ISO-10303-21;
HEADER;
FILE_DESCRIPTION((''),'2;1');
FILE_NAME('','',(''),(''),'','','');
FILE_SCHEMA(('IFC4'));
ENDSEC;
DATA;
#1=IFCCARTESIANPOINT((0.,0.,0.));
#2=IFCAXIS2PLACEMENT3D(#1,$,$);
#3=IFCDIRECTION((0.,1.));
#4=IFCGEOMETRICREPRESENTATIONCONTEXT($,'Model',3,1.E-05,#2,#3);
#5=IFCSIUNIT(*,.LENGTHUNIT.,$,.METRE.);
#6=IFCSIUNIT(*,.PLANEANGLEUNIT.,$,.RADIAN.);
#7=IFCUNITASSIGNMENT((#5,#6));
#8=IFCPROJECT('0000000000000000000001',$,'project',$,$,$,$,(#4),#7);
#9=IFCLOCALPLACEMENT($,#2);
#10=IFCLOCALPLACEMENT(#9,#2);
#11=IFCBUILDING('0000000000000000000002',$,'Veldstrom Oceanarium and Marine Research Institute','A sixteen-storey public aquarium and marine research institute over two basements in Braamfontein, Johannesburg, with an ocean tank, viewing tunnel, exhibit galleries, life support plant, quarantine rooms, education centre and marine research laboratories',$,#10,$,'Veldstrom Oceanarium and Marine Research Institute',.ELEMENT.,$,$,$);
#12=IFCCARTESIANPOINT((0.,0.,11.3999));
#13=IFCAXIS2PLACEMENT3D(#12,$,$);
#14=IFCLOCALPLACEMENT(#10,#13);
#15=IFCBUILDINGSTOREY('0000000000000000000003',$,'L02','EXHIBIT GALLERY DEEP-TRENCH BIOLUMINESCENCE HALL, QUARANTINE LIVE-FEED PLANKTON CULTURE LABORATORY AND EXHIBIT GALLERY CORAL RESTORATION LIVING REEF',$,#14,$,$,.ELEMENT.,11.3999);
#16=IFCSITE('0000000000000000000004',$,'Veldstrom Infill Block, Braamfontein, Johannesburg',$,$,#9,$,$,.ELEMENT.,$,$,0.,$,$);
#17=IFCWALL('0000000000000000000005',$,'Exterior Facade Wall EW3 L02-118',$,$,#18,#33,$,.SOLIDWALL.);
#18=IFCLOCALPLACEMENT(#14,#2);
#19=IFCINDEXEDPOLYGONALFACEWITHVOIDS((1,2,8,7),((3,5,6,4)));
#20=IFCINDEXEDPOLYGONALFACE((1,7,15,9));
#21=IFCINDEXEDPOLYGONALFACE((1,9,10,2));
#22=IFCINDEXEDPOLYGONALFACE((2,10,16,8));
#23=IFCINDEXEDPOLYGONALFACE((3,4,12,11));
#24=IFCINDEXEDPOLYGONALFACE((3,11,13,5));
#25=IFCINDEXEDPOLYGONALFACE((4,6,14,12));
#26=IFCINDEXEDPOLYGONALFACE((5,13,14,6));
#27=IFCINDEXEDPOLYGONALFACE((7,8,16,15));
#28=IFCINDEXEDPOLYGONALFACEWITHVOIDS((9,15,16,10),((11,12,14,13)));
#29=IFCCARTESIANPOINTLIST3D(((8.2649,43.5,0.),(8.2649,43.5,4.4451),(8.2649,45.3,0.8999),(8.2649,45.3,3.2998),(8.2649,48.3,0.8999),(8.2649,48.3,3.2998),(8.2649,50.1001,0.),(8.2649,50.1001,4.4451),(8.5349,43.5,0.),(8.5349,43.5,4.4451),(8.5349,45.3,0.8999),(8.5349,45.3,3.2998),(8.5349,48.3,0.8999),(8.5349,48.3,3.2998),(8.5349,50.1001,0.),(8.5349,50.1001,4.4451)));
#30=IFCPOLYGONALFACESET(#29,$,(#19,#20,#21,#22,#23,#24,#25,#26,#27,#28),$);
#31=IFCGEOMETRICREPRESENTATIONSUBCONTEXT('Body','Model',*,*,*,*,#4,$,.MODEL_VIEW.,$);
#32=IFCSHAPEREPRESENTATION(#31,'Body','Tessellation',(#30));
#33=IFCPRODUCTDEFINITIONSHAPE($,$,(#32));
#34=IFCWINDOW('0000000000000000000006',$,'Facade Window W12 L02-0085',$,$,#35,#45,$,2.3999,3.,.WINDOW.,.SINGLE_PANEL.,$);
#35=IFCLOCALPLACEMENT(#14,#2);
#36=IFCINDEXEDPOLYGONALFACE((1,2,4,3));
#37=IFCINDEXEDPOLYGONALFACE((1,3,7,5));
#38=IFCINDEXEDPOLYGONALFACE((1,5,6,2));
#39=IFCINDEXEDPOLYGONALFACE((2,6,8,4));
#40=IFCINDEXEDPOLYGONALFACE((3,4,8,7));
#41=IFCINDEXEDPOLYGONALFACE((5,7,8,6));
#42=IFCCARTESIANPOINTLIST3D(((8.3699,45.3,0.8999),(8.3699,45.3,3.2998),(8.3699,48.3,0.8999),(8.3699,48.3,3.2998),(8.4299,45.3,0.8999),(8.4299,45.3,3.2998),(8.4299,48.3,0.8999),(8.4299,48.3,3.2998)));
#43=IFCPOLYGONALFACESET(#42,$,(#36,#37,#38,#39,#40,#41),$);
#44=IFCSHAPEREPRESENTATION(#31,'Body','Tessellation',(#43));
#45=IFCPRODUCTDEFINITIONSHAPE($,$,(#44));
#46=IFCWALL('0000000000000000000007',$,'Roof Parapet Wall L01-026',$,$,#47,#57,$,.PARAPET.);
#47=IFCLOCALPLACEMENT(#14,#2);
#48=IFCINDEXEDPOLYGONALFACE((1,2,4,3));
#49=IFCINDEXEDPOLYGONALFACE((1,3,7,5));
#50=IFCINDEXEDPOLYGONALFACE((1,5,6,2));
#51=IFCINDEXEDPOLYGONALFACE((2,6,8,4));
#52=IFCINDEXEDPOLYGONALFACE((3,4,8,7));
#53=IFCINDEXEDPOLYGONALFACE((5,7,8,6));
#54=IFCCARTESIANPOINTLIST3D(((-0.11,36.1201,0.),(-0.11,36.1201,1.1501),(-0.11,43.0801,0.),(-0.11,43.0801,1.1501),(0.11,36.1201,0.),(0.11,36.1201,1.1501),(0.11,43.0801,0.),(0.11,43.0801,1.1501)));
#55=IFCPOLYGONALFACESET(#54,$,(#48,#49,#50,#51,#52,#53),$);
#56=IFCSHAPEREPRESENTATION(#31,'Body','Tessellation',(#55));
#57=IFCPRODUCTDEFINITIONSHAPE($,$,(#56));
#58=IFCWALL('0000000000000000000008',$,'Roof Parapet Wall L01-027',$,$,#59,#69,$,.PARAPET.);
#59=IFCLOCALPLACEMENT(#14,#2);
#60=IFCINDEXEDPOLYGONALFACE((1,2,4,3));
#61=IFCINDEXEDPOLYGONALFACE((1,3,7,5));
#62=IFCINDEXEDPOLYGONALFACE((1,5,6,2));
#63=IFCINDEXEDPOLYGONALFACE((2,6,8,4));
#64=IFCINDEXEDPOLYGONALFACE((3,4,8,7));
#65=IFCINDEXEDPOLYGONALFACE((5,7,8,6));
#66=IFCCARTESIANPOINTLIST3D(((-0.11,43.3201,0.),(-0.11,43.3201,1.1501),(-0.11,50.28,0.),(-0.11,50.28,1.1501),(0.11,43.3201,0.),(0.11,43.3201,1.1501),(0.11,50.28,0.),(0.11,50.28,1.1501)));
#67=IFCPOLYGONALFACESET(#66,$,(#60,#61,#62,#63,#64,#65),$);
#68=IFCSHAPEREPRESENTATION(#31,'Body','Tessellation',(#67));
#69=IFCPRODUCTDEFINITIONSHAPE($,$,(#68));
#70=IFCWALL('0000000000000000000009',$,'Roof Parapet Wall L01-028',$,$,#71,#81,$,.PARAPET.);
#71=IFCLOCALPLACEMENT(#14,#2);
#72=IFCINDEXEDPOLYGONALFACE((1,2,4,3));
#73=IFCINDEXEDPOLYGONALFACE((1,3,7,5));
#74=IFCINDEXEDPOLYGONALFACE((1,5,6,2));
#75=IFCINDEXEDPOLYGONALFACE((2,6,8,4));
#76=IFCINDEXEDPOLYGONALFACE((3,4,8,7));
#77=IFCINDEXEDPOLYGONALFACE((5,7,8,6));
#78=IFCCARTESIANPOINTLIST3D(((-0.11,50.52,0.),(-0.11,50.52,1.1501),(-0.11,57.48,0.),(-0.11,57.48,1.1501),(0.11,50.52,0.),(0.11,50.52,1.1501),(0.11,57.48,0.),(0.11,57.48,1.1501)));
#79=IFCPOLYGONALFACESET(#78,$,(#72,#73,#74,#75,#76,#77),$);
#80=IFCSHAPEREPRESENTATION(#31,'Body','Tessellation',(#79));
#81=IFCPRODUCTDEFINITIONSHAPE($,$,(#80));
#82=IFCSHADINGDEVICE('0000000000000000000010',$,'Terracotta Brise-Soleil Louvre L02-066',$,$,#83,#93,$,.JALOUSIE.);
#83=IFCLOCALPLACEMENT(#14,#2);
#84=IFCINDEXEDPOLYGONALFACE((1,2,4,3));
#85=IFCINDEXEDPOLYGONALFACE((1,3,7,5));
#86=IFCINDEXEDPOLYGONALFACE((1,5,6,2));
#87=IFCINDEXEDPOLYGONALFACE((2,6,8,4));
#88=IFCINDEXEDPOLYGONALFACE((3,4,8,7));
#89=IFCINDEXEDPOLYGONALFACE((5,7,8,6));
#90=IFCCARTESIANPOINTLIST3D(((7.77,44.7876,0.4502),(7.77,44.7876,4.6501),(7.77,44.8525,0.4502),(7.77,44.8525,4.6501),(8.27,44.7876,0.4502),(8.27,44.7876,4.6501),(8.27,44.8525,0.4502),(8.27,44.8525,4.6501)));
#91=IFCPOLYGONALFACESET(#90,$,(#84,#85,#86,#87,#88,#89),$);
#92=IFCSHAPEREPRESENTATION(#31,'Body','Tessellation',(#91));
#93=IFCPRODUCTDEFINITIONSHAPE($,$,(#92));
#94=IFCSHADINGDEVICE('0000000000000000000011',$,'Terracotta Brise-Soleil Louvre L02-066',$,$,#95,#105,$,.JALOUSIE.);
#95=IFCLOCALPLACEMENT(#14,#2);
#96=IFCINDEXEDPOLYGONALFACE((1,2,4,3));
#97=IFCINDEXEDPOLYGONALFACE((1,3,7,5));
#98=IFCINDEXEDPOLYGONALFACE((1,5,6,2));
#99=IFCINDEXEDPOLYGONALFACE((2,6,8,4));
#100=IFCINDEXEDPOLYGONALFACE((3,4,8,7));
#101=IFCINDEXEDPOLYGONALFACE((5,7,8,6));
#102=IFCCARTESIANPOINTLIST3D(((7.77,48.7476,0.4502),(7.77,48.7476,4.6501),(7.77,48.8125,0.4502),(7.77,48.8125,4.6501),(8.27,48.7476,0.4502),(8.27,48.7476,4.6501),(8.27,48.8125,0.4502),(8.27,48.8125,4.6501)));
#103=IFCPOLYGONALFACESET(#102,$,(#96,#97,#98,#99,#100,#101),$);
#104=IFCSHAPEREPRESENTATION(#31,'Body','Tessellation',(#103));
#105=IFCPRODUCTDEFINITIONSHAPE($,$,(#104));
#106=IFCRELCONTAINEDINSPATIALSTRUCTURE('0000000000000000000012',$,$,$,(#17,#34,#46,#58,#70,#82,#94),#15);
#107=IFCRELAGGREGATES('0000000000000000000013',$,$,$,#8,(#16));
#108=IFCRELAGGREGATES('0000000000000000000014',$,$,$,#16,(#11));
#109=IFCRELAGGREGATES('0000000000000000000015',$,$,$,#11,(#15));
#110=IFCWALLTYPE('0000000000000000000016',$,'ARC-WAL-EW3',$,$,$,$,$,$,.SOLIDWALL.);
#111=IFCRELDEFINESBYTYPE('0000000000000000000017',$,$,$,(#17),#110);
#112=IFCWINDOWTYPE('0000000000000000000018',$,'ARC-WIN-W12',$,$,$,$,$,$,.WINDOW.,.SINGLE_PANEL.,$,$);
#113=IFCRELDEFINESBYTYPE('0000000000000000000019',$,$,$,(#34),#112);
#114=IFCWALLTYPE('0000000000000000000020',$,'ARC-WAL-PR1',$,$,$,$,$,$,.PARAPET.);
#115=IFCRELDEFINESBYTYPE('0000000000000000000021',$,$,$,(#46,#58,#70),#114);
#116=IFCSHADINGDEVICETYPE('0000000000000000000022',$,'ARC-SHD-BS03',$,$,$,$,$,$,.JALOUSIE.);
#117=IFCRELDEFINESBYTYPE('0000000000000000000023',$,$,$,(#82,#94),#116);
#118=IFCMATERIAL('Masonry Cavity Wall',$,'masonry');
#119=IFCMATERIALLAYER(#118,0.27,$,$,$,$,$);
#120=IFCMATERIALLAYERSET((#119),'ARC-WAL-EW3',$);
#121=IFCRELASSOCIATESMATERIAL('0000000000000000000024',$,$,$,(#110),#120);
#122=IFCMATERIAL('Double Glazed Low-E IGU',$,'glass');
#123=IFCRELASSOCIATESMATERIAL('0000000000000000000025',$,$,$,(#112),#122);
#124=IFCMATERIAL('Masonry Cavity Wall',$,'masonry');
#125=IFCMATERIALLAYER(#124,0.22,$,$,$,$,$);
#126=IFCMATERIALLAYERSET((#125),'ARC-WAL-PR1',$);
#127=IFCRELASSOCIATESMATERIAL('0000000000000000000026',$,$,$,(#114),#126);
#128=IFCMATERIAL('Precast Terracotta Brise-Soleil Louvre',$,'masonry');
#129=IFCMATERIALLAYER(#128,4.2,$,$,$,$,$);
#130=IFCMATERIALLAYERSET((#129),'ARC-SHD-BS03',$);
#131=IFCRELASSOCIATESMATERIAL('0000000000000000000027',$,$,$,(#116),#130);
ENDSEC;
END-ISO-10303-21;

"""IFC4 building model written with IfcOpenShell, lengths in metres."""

from ifc_helpers import new_model, si_unit, direction, frame, frame_2d, origin, origin_2d, place, context, subcontext, project, spatial, rectangle, extrude, material, layer, layer_set, type_object, element, fill, save


model = new_model("IFC4")

# Units and contexts
model_context = context("Model", 3, precision=1e-05, world=origin(), true_north=direction((0.0, 1.0)))
body_context = subcontext(model_context, "Body", "Model", "MODEL_VIEW")
ifc_project = project(units=[si_unit("LENGTHUNIT", "METRE"), si_unit("PLANEANGLEUNIT", "RADIAN")], contexts=[model_context])

# Site, building, storey
site_placement = place(None, origin())
site = spatial("IfcSite", under=ifc_project, at=site_placement, Name="Veldstrom Infill Block, Braamfontein, Johannesburg", CompositionType="ELEMENT", RefElevation=0.0)
building_placement = place(site_placement, origin())
building = spatial("IfcBuilding", under=site, at=building_placement, Name="Veldstrom Oceanarium and Marine Research Institute", Description="A sixteen-storey public aquarium and marine research institute over two basements in Braamfontein, Johannesburg, with an ocean tank, viewing tunnel, exhibit galleries, life support plant, quarantine rooms, education centre and marine research laboratories", LongName="Veldstrom Oceanarium and Marine Research Institute", CompositionType="ELEMENT")
storey_placement = place(building_placement, frame((0.0, 0.0, 11.3999)))
storey = spatial("IfcBuildingStorey", under=building, at=storey_placement, Name="L02", Description="EXHIBIT GALLERY DEEP-TRENCH BIOLUMINESCENCE HALL, QUARANTINE LIVE-FEED PLANKTON CULTURE LABORATORY AND EXHIBIT GALLERY CORAL RESTORATION LIVING REEF", CompositionType="ELEMENT", Elevation=11.3999)

# Wall, opening, window
ifc_material_1 = material(Name="Masonry Cavity Wall", Category="masonry")
ifc_layer_1 = layer(ifc_material_1, 0.27)
ifc_layer_set_1 = layer_set([ifc_layer_1], Name="ARC-WAL-EW3")
wall_type_1 = type_object("IfcWallType", Name="ARC-WAL-EW3", PredefinedType="SOLIDWALL", material=ifc_layer_set_1)
wall_placement = place(storey_placement, frame((8.3999, 43.5, 0.0), z_axis=(0.0, 0.0, 1.0), x_axis=(0.0, 1.0, 0.0)))
wall = element("IfcWall", 1, at=wall_placement, inside=storey, type_object=wall_type_1, Name="Exterior Facade Wall EW3 L02-118", PredefinedType="SOLIDWALL", context=body_context, shape_type="SweptSolid", body=[
    extrude(rectangle(XDim=6.6001, YDim=0.27, at=frame_2d((3.3, 0.0))), origin(), (0.0, 0.0, 1.0), 4.4451),
])
opening_placement = place(wall_placement, frame((1.8, 0.0, 0.8999)))
opening = element("IfcOpeningElement", 2, at=opening_placement, cuts=wall, PredefinedType="OPENING", context=body_context, shape_type="SweptSolid", body=[
    extrude(rectangle(XDim=3.0, YDim=2.3999, at=frame_2d((1.5, 1.2))), frame((0.0, 0.145, 0.0), z_axis=(0.0, -1.0, 0.0), x_axis=(1.0, 0.0, 0.0)), (0.0, 0.0, 1.0), 0.29),
])
ifc_material_2 = material(Name="Double Glazed Low-E IGU", Category="glass")
window_type = type_object("IfcWindowType", Name="ARC-WIN-W12", PartitioningType="SINGLE_PANEL", PredefinedType="WINDOW", material=ifc_material_2)
window_placement = place(opening_placement, origin())
window = element("IfcWindow", 3, at=window_placement, inside=storey, type_object=window_type, Name="Facade Window W12 L02-0085", OverallHeight=2.3999, OverallWidth=3.0, PartitioningType="SINGLE_PANEL", PredefinedType="WINDOW", context=body_context, shape_type="SweptSolid", body=[
    extrude(rectangle(XDim=3.0, YDim=2.3999, at=frame_2d((1.5, 1.2))), frame((0.0, 0.03, 0.0), z_axis=(0.0, -1.0, 0.0), x_axis=(1.0, 0.0, 0.0)), (0.0, 0.0, 1.0), 0.0601),
])
fill(opening, window)

# Walls
ifc_material_3 = material(Name="Masonry Cavity Wall", Category="masonry")
ifc_layer_2 = layer(ifc_material_3, 0.22)
ifc_layer_set_2 = layer_set([ifc_layer_2], Name="ARC-WAL-PR1")
wall_type_2 = type_object("IfcWallType", Name="ARC-WAL-PR1", PredefinedType="PARAPET", material=ifc_layer_set_2)
for number, where, z_axis, x_axis, name in (
    (4, (0.0, 36.1201, 0.0), (0.0, 0.0, 1.0), (0.0, 1.0, 0.0), "Roof Parapet Wall L01-026"),
    (5, (0.0, 43.3201, 0.0), (0.0, 0.0, 1.0), (0.0, 1.0, 0.0), "Roof Parapet Wall L01-027"),
    (6, (0.0, 50.52, 0.0), (0.0, 0.0, 1.0), (0.0, 1.0, 0.0), "Roof Parapet Wall L01-028"),
):
    element("IfcWall", number, at=place(storey_placement, frame(where, z_axis=z_axis, x_axis=x_axis)), inside=storey, type_object=wall_type_2, Name=name, PredefinedType="PARAPET", context=body_context, shape_type="SweptSolid", body=[
        extrude(rectangle(XDim=6.96, YDim=0.22, at=frame_2d((3.48, 0.0))), origin(), (0.0, 0.0, 1.0), 1.1501),
    ])

# Shading devices
ifc_material_4 = material(Name="Precast Terracotta Brise-Soleil Louvre", Category="masonry")
ifc_layer_3 = layer(ifc_material_4, 4.2)
ifc_layer_set_3 = layer_set([ifc_layer_3], Name="ARC-SHD-BS03")
shading_device_type = type_object("IfcShadingDeviceType", Name="ARC-SHD-BS03", PredefinedType="JALOUSIE", material=ifc_layer_set_3)
for number, where, z_axis, x_axis, name in (
    (7, (8.02, 44.8201, 0.4502), (0.0, 0.0, 1.0), (1.0, 0.0, 0.0), "Terracotta Brise-Soleil Louvre L02-066"),
    (8, (8.02, 48.78, 0.4502), (0.0, 0.0, 1.0), (1.0, 0.0, 0.0), "Terracotta Brise-Soleil Louvre L02-066"),
):
    element("IfcShadingDevice", number, at=place(storey_placement, frame(where, z_axis=z_axis, x_axis=x_axis)), inside=storey, type_object=shading_device_type, Name=name, PredefinedType="JALOUSIE", context=body_context, shape_type="SweptSolid", body=[
        extrude(rectangle(XDim=0.5, YDim=0.0649, at=origin_2d()), origin(), (0.0, 0.0, 1.0), 4.2),
    ])

save(model, "model.ifc")
